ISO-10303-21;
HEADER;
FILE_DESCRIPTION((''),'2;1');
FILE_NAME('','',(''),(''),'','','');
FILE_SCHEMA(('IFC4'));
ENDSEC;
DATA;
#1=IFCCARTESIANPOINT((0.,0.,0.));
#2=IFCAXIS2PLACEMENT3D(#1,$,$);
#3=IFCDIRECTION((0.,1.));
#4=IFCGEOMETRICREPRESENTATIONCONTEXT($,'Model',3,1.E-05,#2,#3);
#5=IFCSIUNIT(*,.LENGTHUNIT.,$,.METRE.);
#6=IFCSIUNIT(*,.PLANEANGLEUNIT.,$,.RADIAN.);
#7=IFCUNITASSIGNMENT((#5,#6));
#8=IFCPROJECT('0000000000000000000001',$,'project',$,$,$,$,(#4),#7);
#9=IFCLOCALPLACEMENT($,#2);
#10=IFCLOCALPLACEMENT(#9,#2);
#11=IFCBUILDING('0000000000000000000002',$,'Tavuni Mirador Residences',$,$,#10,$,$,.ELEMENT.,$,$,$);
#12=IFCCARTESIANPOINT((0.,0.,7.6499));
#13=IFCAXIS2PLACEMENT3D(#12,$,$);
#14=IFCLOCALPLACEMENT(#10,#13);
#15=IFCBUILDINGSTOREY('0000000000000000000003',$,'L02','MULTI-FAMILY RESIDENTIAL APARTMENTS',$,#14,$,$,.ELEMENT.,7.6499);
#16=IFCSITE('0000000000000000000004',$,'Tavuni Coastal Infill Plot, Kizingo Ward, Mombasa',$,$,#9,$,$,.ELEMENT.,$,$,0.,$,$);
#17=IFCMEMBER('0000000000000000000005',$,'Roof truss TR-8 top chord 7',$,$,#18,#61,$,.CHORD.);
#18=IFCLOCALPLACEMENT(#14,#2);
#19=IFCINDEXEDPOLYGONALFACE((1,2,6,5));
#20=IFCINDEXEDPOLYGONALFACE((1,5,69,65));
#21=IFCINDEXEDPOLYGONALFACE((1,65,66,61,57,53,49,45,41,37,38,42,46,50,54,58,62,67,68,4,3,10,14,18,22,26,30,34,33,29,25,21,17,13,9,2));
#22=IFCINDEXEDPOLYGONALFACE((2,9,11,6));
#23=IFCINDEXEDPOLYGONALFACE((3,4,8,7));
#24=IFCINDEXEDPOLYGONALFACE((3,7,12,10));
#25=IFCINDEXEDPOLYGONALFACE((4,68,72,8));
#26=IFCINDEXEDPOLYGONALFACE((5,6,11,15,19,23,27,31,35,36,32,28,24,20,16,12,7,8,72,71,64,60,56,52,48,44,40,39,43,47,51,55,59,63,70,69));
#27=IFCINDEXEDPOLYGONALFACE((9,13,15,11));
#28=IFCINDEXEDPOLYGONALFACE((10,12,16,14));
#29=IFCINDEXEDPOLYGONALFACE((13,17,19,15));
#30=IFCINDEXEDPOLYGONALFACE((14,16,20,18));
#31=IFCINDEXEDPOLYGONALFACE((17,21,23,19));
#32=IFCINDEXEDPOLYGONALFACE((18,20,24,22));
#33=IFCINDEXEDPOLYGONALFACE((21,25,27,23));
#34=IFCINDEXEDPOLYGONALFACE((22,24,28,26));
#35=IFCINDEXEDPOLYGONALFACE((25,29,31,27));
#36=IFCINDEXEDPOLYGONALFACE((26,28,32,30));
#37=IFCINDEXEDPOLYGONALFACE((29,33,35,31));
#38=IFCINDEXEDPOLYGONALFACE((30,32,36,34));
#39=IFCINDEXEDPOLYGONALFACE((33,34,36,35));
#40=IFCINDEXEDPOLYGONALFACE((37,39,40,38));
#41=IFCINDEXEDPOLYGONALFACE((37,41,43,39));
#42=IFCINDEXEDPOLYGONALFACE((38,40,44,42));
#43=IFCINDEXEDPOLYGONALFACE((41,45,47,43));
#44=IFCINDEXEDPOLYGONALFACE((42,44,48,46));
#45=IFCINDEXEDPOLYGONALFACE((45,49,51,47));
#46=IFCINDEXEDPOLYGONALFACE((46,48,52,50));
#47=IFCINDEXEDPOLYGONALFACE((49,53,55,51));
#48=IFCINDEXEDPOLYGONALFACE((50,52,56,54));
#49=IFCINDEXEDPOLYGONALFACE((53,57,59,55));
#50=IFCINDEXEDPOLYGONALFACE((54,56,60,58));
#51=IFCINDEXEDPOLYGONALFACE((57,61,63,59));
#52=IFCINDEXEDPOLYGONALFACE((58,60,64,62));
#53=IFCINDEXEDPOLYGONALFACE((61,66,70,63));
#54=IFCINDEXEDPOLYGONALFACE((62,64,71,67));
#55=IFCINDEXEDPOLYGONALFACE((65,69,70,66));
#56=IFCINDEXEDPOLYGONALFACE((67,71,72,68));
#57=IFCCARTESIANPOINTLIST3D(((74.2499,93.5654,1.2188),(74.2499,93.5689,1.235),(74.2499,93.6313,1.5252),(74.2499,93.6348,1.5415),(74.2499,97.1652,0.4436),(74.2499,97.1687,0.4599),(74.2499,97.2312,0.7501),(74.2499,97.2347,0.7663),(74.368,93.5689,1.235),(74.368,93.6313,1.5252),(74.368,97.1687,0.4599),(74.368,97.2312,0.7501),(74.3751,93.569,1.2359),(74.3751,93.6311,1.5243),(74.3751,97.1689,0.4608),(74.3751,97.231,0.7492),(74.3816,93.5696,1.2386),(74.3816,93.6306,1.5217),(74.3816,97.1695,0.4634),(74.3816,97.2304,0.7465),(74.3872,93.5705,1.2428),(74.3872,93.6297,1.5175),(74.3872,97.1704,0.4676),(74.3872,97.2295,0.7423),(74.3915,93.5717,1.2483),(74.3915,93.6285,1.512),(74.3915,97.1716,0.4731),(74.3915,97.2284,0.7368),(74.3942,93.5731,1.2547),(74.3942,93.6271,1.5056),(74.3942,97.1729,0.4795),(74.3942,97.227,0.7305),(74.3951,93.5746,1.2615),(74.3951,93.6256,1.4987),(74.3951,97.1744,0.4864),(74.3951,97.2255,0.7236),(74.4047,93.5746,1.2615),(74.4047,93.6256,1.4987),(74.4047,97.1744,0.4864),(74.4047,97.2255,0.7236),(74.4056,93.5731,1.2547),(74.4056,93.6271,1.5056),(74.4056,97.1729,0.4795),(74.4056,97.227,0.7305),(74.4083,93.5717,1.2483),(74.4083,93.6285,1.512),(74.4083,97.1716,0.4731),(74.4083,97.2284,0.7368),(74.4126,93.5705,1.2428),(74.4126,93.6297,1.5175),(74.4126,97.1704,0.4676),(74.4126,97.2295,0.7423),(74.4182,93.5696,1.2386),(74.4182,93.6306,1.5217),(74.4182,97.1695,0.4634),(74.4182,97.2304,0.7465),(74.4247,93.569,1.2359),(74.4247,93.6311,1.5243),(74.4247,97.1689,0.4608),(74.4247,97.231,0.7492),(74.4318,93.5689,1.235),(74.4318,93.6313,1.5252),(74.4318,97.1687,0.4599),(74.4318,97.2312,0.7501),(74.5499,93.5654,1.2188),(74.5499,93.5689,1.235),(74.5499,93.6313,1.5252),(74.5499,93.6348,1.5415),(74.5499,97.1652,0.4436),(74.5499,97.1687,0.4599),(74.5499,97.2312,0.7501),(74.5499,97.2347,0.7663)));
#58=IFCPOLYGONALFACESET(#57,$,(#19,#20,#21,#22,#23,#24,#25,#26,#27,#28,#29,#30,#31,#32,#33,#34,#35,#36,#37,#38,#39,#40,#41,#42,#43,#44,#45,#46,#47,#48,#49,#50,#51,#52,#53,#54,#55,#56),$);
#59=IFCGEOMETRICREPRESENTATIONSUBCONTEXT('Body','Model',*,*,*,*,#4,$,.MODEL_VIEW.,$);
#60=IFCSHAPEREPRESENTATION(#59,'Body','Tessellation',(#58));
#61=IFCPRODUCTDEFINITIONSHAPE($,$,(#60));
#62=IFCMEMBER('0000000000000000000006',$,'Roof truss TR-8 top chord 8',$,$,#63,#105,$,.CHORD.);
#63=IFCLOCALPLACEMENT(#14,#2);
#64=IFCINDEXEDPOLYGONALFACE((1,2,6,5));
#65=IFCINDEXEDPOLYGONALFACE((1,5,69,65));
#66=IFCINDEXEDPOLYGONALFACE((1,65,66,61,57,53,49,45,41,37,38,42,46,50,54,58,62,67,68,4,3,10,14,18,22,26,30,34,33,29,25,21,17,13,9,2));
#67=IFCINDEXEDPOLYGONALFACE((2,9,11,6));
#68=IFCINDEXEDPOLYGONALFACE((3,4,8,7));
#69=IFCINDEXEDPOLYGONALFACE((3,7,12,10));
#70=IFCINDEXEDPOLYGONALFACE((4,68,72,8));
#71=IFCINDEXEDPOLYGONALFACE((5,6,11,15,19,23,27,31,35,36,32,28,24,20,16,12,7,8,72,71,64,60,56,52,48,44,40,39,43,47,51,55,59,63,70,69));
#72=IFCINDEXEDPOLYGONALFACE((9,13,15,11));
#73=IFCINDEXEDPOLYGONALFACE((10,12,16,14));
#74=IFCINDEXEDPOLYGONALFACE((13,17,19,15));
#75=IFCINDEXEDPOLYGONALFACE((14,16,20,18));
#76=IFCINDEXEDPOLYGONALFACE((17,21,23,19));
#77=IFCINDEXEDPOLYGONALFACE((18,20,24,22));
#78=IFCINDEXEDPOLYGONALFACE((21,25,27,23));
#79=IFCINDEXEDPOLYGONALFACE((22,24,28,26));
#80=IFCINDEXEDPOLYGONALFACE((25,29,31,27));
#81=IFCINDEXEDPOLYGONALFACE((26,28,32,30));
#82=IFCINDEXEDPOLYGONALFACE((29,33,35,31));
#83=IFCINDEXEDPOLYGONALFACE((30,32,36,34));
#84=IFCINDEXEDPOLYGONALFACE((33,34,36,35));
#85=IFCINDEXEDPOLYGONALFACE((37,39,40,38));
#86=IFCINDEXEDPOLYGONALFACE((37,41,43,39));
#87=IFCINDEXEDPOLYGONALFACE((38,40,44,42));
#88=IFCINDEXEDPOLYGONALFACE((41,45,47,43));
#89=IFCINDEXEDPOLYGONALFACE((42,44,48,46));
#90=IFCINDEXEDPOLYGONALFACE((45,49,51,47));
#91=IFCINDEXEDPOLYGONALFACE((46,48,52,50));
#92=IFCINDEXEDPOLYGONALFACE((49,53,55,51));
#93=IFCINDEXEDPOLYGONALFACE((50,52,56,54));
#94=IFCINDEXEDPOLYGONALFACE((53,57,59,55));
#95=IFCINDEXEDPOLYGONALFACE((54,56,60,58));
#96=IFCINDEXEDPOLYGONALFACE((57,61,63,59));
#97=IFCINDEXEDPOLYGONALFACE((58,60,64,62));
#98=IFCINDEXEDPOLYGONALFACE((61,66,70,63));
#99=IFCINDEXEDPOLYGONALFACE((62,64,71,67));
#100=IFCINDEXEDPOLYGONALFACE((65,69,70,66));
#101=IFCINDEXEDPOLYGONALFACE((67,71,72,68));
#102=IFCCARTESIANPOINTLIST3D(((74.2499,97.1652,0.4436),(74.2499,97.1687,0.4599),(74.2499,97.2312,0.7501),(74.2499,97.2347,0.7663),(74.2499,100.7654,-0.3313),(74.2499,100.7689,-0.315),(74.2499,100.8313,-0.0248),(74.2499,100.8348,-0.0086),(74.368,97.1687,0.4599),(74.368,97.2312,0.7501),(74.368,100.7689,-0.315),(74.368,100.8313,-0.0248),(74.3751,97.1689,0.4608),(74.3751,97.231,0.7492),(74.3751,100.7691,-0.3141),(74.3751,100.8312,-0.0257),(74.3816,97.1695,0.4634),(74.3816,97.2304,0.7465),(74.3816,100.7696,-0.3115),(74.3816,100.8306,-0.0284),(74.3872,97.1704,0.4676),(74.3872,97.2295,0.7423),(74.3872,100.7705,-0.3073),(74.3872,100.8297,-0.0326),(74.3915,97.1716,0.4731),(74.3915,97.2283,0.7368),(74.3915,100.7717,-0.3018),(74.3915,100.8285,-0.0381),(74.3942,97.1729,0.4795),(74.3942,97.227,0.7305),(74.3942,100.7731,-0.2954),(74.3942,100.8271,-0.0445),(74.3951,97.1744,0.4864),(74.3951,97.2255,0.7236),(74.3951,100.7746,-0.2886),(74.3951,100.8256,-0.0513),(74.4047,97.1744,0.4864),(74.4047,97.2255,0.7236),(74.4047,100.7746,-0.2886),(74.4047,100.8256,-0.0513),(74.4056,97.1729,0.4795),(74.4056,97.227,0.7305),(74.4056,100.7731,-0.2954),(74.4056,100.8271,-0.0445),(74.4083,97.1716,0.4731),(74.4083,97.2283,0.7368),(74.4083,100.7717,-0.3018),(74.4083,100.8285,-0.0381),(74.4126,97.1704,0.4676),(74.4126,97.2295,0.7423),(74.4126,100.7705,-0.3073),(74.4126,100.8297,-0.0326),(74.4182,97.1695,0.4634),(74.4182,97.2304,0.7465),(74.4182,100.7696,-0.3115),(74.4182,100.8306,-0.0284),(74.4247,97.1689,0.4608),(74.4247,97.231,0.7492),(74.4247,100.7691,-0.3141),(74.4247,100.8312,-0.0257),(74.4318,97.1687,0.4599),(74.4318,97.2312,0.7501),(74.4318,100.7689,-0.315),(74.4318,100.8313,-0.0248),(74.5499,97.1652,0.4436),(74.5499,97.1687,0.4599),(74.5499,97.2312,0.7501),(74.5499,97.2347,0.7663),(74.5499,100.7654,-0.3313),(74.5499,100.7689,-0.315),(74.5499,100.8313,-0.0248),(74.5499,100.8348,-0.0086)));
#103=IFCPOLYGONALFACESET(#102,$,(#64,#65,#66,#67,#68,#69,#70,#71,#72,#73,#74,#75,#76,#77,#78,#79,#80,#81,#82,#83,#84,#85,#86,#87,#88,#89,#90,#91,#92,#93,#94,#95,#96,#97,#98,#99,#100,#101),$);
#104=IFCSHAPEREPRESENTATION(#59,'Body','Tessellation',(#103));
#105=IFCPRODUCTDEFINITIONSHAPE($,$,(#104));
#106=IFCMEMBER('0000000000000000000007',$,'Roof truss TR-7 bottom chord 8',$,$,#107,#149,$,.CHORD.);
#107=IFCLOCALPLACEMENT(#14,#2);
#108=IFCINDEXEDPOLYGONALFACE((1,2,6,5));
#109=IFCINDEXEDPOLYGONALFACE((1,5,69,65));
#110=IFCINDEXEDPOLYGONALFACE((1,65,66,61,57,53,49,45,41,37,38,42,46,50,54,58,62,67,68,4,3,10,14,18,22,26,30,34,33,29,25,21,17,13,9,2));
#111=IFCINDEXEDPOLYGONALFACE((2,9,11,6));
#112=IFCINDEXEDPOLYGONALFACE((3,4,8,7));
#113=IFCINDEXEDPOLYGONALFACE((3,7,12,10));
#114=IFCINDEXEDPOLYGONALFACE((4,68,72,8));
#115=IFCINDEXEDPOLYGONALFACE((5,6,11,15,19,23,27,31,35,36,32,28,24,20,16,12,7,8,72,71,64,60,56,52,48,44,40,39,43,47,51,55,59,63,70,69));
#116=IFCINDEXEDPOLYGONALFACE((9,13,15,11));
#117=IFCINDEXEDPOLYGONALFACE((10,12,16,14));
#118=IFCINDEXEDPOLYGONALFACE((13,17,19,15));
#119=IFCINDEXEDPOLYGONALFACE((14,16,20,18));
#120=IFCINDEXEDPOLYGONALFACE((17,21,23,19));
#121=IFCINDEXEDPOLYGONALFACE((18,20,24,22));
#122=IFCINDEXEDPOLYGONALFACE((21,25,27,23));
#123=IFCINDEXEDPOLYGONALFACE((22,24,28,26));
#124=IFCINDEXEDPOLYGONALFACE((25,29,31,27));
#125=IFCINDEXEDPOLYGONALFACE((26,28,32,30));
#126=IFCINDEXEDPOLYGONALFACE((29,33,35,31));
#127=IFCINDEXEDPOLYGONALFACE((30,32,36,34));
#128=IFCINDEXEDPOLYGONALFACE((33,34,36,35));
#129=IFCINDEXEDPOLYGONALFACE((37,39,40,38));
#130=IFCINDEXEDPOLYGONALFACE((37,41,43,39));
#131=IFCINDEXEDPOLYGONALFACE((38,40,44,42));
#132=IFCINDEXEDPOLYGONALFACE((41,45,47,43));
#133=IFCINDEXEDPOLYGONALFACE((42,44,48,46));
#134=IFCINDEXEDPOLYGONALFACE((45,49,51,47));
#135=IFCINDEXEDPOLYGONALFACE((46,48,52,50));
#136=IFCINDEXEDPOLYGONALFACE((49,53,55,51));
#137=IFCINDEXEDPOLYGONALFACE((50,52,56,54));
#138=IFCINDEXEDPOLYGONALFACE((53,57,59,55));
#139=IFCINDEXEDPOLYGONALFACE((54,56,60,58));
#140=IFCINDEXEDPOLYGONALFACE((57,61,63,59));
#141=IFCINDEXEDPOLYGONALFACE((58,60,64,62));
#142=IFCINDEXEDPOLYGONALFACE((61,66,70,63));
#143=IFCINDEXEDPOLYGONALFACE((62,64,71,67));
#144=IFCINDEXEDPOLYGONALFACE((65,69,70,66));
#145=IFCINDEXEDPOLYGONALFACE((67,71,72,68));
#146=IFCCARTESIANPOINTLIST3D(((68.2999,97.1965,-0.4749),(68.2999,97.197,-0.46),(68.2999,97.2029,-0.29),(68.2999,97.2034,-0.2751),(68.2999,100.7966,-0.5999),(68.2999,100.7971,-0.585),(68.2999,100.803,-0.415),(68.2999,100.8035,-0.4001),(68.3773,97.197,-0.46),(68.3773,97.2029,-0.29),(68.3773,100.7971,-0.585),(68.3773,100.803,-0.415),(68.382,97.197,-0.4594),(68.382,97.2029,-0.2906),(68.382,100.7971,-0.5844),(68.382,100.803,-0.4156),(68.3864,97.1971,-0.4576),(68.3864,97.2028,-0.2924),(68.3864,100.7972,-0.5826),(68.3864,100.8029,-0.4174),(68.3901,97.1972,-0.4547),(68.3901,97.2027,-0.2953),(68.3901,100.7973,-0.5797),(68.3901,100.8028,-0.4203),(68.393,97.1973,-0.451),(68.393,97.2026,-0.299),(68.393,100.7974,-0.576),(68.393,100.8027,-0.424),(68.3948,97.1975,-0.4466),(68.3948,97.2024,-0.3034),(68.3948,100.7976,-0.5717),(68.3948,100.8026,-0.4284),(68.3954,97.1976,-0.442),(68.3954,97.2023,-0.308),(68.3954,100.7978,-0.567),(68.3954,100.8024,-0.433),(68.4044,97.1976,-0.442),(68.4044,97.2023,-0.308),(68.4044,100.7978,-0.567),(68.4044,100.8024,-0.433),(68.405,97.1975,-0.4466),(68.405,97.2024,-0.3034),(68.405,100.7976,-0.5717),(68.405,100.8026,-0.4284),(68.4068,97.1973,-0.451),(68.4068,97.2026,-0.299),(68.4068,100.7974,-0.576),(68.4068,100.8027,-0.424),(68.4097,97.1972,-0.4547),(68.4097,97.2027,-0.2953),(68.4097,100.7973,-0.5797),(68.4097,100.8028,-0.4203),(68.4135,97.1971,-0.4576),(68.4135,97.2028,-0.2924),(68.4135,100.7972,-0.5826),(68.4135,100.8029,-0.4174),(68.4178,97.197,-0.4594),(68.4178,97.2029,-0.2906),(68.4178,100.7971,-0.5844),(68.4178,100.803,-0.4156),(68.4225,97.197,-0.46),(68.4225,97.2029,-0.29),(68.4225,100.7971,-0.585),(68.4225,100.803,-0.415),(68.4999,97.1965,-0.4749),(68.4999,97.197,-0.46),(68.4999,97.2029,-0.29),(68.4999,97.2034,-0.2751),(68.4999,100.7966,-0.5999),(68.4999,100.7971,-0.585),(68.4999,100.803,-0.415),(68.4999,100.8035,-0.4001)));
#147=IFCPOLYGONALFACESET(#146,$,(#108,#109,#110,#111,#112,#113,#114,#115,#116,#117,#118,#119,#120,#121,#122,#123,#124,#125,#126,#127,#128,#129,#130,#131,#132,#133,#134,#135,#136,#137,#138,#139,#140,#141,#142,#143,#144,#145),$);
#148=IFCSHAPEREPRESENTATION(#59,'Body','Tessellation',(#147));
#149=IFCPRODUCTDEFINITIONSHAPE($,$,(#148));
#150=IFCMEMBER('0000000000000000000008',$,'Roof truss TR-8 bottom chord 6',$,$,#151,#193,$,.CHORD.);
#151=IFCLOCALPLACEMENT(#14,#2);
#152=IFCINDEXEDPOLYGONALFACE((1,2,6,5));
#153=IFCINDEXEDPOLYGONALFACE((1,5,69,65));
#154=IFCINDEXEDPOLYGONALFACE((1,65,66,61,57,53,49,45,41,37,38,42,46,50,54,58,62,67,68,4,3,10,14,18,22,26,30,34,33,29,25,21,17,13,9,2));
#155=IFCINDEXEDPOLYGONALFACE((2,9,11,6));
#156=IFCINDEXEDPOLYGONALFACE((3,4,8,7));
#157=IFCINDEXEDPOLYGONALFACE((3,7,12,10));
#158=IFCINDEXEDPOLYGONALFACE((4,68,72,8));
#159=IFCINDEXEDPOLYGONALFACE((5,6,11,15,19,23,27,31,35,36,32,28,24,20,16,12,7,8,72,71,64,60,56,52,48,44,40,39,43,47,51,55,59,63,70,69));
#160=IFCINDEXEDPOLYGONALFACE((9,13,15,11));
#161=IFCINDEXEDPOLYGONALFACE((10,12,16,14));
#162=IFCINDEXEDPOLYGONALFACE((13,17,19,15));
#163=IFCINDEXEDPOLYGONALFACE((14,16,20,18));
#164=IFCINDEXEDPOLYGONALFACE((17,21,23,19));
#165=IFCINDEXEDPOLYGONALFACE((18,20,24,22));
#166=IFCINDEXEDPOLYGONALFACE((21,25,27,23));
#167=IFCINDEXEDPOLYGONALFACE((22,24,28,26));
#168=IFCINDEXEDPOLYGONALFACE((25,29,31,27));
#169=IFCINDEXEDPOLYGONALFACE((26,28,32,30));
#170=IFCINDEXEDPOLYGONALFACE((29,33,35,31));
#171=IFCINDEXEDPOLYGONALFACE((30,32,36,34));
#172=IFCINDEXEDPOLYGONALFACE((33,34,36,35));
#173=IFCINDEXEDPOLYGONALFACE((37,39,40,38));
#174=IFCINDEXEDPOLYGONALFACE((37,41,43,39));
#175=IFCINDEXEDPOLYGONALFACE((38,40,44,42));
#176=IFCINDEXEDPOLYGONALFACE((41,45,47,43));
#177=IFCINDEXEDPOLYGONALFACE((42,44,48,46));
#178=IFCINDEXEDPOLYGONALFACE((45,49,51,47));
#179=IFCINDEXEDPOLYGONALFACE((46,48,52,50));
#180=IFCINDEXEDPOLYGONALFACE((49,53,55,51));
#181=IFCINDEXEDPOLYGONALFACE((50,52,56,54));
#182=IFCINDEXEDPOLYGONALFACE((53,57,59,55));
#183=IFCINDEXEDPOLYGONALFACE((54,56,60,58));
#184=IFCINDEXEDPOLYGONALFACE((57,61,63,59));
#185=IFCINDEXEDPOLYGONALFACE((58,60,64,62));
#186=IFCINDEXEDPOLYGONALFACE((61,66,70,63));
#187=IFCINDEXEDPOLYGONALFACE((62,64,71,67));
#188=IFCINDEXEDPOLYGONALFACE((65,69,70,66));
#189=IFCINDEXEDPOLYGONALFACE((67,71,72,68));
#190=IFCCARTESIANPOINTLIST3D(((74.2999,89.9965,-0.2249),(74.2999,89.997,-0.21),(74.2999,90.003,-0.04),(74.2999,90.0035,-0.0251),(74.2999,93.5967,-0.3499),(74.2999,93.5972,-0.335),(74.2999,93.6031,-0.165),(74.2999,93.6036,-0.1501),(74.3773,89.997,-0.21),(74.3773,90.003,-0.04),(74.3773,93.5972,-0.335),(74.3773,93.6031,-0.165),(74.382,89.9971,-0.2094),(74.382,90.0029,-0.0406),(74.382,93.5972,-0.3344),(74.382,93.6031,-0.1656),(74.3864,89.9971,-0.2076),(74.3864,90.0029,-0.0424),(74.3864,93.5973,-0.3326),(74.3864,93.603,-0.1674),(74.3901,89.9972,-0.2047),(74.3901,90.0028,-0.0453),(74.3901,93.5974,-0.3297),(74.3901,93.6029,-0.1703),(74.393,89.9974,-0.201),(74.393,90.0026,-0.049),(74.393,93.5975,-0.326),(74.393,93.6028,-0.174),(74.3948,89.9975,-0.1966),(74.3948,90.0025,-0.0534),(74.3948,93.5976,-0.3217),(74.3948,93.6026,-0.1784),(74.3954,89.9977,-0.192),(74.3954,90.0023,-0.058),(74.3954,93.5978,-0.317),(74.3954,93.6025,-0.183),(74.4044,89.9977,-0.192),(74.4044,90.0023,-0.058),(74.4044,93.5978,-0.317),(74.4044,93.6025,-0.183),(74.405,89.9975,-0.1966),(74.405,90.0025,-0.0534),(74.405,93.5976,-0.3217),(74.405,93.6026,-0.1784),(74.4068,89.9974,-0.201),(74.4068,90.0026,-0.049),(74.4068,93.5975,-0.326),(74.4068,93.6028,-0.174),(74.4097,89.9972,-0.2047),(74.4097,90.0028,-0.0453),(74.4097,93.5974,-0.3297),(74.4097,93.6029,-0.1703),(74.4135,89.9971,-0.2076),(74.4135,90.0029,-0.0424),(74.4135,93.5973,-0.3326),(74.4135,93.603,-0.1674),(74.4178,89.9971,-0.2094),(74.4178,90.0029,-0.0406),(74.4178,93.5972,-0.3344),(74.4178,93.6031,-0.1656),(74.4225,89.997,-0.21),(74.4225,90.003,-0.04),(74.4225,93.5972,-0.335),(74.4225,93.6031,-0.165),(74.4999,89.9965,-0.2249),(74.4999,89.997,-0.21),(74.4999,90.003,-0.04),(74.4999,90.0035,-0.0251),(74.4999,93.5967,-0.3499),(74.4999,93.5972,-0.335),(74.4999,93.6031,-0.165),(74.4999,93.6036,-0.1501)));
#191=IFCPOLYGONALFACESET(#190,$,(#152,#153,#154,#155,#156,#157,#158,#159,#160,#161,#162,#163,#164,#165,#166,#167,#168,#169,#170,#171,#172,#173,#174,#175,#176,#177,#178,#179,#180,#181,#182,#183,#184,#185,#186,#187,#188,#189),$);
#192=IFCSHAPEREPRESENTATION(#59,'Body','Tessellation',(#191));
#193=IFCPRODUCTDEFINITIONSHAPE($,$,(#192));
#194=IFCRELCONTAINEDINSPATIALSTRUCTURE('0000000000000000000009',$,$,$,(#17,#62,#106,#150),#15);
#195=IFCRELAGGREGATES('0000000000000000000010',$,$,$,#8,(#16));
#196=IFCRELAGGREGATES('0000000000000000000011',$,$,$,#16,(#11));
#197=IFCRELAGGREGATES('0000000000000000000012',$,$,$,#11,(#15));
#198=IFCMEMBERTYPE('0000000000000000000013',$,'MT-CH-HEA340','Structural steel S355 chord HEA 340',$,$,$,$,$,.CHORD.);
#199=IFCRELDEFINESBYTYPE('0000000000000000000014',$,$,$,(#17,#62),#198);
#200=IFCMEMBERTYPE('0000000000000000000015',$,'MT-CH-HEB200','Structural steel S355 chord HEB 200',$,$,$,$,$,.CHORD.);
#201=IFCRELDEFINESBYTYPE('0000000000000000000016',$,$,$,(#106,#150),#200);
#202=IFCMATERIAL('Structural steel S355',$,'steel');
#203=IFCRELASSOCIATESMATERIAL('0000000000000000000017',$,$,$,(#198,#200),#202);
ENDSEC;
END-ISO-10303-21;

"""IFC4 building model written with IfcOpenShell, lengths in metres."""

from ifc_helpers import new_model, si_unit, direction, frame, origin, origin_2d, place, context, subcontext, project, spatial, i_section, extrude, material, material_profile, profile_set, type_object, element, save


model = new_model("IFC4")

# Units and contexts
model_context = context("Model", 3, precision=1e-05, world=origin(), true_north=direction((0.0, 1.0)))
body_context = subcontext(model_context, "Body", "Model", "MODEL_VIEW")
ifc_project = project(units=[si_unit("LENGTHUNIT", "METRE"), si_unit("PLANEANGLEUNIT", "RADIAN")], contexts=[model_context])

# Site, building, storey
site_placement = place(None, origin())
site = spatial("IfcSite", under=ifc_project, at=site_placement, Name="Tavuni Coastal Infill Plot, Kizingo Ward, Mombasa", CompositionType="ELEMENT", RefElevation=0.0)
building_placement = place(site_placement, origin())
building = spatial("IfcBuilding", under=site, at=building_placement, Name="Tavuni Mirador Residences", CompositionType="ELEMENT")
storey_placement = place(building_placement, frame((0.0, 0.0, 7.6499)))
storey = spatial("IfcBuildingStorey", under=building, at=storey_placement, Name="L02", Description="MULTI-FAMILY RESIDENTIAL APARTMENTS", CompositionType="ELEMENT", Elevation=7.6499)

# Members
ifc_material_1 = material(Name="Structural steel S355", Category="steel")
ifc_material_profile_1 = material_profile(ifc_material_1, i_section(OverallWidth=0.3, OverallDepth=0.3301, WebThickness=0.0095, FlangeThickness=0.0166, FilletRadius=0.0271, at=origin_2d()), Name="HEA 340", Category="steel")
ifc_profile_set_1 = profile_set([ifc_material_profile_1], Name="Structural steel S355")
member_type_1 = type_object("IfcMemberType", Name="MT-CH-HEA340", Description="Structural steel S355 chord HEA 340", PredefinedType="CHORD", material=ifc_profile_set_1)
member_1_placement = place(storey_placement, frame((74.3999, 93.6001, 1.3801), z_axis=(0.0, 0.977593, -0.210502), x_axis=(-1.0, 0.0, 0.0)))
element("IfcMember", 1, at=member_1_placement, inside=storey, type_object=member_type_1, Name="Roof truss TR-8 top chord 7", PredefinedType="CHORD", context=body_context, shape_type="SweptSolid", body=[
    extrude(i_section(OverallWidth=0.3, OverallDepth=0.3301, WebThickness=0.0095, FlangeThickness=0.0166, FilletRadius=0.0271, at=origin_2d()), origin(), (0.0, 0.0, 1.0), 3.6824),
])
member_2_placement = place(storey_placement, frame((74.3999, 97.2, 0.605), z_axis=(0.0, 0.97761, -0.210425), x_axis=(-1.0, 0.0, 0.0)))
element("IfcMember", 2, at=member_2_placement, inside=storey, type_object=member_type_1, Name="Roof truss TR-8 top chord 8", PredefinedType="CHORD", context=body_context, shape_type="SweptSolid", body=[
    extrude(i_section(OverallWidth=0.3, OverallDepth=0.3301, WebThickness=0.0095, FlangeThickness=0.0166, FilletRadius=0.0271, at=origin_2d()), origin(), (0.0, 0.0, 1.0), 3.6826),
])
ifc_material_profile_2 = material_profile(ifc_material_1, i_section(OverallWidth=0.2, OverallDepth=0.2, WebThickness=0.009, FlangeThickness=0.0149, FilletRadius=0.0181, at=origin_2d()), Name="HEB 200", Category="steel")
ifc_profile_set_2 = profile_set([ifc_material_profile_2], Name="Structural steel S355")
member_type_2 = type_object("IfcMemberType", Name="MT-CH-HEB200", Description="Structural steel S355 chord HEB 200", PredefinedType="CHORD", material=ifc_profile_set_2)
for number, where, z_axis, x_axis, name in (
    (3, (68.3999, 97.2, -0.375), (0.0, 0.999398, -0.0347), (-1.0, 0.0, 0.0), "Roof truss TR-7 bottom chord 8"),
    (4, (74.3999, 90.0, -0.125), (0.0, 0.999398, -0.0347), (-1.0, 0.0, 0.0), "Roof truss TR-8 bottom chord 6"),
):
    element("IfcMember", number, at=place(storey_placement, frame(where, z_axis=z_axis, x_axis=x_axis)), inside=storey, type_object=member_type_2, Name=name, PredefinedType="CHORD", context=body_context, shape_type="SweptSolid", body=[
        extrude(i_section(OverallWidth=0.2, OverallDepth=0.2, WebThickness=0.009, FlangeThickness=0.0149, FilletRadius=0.0181, at=origin_2d()), origin(), (0.0, 0.0, 1.0), 3.6023),
    ])

save(model, "model.ifc")
